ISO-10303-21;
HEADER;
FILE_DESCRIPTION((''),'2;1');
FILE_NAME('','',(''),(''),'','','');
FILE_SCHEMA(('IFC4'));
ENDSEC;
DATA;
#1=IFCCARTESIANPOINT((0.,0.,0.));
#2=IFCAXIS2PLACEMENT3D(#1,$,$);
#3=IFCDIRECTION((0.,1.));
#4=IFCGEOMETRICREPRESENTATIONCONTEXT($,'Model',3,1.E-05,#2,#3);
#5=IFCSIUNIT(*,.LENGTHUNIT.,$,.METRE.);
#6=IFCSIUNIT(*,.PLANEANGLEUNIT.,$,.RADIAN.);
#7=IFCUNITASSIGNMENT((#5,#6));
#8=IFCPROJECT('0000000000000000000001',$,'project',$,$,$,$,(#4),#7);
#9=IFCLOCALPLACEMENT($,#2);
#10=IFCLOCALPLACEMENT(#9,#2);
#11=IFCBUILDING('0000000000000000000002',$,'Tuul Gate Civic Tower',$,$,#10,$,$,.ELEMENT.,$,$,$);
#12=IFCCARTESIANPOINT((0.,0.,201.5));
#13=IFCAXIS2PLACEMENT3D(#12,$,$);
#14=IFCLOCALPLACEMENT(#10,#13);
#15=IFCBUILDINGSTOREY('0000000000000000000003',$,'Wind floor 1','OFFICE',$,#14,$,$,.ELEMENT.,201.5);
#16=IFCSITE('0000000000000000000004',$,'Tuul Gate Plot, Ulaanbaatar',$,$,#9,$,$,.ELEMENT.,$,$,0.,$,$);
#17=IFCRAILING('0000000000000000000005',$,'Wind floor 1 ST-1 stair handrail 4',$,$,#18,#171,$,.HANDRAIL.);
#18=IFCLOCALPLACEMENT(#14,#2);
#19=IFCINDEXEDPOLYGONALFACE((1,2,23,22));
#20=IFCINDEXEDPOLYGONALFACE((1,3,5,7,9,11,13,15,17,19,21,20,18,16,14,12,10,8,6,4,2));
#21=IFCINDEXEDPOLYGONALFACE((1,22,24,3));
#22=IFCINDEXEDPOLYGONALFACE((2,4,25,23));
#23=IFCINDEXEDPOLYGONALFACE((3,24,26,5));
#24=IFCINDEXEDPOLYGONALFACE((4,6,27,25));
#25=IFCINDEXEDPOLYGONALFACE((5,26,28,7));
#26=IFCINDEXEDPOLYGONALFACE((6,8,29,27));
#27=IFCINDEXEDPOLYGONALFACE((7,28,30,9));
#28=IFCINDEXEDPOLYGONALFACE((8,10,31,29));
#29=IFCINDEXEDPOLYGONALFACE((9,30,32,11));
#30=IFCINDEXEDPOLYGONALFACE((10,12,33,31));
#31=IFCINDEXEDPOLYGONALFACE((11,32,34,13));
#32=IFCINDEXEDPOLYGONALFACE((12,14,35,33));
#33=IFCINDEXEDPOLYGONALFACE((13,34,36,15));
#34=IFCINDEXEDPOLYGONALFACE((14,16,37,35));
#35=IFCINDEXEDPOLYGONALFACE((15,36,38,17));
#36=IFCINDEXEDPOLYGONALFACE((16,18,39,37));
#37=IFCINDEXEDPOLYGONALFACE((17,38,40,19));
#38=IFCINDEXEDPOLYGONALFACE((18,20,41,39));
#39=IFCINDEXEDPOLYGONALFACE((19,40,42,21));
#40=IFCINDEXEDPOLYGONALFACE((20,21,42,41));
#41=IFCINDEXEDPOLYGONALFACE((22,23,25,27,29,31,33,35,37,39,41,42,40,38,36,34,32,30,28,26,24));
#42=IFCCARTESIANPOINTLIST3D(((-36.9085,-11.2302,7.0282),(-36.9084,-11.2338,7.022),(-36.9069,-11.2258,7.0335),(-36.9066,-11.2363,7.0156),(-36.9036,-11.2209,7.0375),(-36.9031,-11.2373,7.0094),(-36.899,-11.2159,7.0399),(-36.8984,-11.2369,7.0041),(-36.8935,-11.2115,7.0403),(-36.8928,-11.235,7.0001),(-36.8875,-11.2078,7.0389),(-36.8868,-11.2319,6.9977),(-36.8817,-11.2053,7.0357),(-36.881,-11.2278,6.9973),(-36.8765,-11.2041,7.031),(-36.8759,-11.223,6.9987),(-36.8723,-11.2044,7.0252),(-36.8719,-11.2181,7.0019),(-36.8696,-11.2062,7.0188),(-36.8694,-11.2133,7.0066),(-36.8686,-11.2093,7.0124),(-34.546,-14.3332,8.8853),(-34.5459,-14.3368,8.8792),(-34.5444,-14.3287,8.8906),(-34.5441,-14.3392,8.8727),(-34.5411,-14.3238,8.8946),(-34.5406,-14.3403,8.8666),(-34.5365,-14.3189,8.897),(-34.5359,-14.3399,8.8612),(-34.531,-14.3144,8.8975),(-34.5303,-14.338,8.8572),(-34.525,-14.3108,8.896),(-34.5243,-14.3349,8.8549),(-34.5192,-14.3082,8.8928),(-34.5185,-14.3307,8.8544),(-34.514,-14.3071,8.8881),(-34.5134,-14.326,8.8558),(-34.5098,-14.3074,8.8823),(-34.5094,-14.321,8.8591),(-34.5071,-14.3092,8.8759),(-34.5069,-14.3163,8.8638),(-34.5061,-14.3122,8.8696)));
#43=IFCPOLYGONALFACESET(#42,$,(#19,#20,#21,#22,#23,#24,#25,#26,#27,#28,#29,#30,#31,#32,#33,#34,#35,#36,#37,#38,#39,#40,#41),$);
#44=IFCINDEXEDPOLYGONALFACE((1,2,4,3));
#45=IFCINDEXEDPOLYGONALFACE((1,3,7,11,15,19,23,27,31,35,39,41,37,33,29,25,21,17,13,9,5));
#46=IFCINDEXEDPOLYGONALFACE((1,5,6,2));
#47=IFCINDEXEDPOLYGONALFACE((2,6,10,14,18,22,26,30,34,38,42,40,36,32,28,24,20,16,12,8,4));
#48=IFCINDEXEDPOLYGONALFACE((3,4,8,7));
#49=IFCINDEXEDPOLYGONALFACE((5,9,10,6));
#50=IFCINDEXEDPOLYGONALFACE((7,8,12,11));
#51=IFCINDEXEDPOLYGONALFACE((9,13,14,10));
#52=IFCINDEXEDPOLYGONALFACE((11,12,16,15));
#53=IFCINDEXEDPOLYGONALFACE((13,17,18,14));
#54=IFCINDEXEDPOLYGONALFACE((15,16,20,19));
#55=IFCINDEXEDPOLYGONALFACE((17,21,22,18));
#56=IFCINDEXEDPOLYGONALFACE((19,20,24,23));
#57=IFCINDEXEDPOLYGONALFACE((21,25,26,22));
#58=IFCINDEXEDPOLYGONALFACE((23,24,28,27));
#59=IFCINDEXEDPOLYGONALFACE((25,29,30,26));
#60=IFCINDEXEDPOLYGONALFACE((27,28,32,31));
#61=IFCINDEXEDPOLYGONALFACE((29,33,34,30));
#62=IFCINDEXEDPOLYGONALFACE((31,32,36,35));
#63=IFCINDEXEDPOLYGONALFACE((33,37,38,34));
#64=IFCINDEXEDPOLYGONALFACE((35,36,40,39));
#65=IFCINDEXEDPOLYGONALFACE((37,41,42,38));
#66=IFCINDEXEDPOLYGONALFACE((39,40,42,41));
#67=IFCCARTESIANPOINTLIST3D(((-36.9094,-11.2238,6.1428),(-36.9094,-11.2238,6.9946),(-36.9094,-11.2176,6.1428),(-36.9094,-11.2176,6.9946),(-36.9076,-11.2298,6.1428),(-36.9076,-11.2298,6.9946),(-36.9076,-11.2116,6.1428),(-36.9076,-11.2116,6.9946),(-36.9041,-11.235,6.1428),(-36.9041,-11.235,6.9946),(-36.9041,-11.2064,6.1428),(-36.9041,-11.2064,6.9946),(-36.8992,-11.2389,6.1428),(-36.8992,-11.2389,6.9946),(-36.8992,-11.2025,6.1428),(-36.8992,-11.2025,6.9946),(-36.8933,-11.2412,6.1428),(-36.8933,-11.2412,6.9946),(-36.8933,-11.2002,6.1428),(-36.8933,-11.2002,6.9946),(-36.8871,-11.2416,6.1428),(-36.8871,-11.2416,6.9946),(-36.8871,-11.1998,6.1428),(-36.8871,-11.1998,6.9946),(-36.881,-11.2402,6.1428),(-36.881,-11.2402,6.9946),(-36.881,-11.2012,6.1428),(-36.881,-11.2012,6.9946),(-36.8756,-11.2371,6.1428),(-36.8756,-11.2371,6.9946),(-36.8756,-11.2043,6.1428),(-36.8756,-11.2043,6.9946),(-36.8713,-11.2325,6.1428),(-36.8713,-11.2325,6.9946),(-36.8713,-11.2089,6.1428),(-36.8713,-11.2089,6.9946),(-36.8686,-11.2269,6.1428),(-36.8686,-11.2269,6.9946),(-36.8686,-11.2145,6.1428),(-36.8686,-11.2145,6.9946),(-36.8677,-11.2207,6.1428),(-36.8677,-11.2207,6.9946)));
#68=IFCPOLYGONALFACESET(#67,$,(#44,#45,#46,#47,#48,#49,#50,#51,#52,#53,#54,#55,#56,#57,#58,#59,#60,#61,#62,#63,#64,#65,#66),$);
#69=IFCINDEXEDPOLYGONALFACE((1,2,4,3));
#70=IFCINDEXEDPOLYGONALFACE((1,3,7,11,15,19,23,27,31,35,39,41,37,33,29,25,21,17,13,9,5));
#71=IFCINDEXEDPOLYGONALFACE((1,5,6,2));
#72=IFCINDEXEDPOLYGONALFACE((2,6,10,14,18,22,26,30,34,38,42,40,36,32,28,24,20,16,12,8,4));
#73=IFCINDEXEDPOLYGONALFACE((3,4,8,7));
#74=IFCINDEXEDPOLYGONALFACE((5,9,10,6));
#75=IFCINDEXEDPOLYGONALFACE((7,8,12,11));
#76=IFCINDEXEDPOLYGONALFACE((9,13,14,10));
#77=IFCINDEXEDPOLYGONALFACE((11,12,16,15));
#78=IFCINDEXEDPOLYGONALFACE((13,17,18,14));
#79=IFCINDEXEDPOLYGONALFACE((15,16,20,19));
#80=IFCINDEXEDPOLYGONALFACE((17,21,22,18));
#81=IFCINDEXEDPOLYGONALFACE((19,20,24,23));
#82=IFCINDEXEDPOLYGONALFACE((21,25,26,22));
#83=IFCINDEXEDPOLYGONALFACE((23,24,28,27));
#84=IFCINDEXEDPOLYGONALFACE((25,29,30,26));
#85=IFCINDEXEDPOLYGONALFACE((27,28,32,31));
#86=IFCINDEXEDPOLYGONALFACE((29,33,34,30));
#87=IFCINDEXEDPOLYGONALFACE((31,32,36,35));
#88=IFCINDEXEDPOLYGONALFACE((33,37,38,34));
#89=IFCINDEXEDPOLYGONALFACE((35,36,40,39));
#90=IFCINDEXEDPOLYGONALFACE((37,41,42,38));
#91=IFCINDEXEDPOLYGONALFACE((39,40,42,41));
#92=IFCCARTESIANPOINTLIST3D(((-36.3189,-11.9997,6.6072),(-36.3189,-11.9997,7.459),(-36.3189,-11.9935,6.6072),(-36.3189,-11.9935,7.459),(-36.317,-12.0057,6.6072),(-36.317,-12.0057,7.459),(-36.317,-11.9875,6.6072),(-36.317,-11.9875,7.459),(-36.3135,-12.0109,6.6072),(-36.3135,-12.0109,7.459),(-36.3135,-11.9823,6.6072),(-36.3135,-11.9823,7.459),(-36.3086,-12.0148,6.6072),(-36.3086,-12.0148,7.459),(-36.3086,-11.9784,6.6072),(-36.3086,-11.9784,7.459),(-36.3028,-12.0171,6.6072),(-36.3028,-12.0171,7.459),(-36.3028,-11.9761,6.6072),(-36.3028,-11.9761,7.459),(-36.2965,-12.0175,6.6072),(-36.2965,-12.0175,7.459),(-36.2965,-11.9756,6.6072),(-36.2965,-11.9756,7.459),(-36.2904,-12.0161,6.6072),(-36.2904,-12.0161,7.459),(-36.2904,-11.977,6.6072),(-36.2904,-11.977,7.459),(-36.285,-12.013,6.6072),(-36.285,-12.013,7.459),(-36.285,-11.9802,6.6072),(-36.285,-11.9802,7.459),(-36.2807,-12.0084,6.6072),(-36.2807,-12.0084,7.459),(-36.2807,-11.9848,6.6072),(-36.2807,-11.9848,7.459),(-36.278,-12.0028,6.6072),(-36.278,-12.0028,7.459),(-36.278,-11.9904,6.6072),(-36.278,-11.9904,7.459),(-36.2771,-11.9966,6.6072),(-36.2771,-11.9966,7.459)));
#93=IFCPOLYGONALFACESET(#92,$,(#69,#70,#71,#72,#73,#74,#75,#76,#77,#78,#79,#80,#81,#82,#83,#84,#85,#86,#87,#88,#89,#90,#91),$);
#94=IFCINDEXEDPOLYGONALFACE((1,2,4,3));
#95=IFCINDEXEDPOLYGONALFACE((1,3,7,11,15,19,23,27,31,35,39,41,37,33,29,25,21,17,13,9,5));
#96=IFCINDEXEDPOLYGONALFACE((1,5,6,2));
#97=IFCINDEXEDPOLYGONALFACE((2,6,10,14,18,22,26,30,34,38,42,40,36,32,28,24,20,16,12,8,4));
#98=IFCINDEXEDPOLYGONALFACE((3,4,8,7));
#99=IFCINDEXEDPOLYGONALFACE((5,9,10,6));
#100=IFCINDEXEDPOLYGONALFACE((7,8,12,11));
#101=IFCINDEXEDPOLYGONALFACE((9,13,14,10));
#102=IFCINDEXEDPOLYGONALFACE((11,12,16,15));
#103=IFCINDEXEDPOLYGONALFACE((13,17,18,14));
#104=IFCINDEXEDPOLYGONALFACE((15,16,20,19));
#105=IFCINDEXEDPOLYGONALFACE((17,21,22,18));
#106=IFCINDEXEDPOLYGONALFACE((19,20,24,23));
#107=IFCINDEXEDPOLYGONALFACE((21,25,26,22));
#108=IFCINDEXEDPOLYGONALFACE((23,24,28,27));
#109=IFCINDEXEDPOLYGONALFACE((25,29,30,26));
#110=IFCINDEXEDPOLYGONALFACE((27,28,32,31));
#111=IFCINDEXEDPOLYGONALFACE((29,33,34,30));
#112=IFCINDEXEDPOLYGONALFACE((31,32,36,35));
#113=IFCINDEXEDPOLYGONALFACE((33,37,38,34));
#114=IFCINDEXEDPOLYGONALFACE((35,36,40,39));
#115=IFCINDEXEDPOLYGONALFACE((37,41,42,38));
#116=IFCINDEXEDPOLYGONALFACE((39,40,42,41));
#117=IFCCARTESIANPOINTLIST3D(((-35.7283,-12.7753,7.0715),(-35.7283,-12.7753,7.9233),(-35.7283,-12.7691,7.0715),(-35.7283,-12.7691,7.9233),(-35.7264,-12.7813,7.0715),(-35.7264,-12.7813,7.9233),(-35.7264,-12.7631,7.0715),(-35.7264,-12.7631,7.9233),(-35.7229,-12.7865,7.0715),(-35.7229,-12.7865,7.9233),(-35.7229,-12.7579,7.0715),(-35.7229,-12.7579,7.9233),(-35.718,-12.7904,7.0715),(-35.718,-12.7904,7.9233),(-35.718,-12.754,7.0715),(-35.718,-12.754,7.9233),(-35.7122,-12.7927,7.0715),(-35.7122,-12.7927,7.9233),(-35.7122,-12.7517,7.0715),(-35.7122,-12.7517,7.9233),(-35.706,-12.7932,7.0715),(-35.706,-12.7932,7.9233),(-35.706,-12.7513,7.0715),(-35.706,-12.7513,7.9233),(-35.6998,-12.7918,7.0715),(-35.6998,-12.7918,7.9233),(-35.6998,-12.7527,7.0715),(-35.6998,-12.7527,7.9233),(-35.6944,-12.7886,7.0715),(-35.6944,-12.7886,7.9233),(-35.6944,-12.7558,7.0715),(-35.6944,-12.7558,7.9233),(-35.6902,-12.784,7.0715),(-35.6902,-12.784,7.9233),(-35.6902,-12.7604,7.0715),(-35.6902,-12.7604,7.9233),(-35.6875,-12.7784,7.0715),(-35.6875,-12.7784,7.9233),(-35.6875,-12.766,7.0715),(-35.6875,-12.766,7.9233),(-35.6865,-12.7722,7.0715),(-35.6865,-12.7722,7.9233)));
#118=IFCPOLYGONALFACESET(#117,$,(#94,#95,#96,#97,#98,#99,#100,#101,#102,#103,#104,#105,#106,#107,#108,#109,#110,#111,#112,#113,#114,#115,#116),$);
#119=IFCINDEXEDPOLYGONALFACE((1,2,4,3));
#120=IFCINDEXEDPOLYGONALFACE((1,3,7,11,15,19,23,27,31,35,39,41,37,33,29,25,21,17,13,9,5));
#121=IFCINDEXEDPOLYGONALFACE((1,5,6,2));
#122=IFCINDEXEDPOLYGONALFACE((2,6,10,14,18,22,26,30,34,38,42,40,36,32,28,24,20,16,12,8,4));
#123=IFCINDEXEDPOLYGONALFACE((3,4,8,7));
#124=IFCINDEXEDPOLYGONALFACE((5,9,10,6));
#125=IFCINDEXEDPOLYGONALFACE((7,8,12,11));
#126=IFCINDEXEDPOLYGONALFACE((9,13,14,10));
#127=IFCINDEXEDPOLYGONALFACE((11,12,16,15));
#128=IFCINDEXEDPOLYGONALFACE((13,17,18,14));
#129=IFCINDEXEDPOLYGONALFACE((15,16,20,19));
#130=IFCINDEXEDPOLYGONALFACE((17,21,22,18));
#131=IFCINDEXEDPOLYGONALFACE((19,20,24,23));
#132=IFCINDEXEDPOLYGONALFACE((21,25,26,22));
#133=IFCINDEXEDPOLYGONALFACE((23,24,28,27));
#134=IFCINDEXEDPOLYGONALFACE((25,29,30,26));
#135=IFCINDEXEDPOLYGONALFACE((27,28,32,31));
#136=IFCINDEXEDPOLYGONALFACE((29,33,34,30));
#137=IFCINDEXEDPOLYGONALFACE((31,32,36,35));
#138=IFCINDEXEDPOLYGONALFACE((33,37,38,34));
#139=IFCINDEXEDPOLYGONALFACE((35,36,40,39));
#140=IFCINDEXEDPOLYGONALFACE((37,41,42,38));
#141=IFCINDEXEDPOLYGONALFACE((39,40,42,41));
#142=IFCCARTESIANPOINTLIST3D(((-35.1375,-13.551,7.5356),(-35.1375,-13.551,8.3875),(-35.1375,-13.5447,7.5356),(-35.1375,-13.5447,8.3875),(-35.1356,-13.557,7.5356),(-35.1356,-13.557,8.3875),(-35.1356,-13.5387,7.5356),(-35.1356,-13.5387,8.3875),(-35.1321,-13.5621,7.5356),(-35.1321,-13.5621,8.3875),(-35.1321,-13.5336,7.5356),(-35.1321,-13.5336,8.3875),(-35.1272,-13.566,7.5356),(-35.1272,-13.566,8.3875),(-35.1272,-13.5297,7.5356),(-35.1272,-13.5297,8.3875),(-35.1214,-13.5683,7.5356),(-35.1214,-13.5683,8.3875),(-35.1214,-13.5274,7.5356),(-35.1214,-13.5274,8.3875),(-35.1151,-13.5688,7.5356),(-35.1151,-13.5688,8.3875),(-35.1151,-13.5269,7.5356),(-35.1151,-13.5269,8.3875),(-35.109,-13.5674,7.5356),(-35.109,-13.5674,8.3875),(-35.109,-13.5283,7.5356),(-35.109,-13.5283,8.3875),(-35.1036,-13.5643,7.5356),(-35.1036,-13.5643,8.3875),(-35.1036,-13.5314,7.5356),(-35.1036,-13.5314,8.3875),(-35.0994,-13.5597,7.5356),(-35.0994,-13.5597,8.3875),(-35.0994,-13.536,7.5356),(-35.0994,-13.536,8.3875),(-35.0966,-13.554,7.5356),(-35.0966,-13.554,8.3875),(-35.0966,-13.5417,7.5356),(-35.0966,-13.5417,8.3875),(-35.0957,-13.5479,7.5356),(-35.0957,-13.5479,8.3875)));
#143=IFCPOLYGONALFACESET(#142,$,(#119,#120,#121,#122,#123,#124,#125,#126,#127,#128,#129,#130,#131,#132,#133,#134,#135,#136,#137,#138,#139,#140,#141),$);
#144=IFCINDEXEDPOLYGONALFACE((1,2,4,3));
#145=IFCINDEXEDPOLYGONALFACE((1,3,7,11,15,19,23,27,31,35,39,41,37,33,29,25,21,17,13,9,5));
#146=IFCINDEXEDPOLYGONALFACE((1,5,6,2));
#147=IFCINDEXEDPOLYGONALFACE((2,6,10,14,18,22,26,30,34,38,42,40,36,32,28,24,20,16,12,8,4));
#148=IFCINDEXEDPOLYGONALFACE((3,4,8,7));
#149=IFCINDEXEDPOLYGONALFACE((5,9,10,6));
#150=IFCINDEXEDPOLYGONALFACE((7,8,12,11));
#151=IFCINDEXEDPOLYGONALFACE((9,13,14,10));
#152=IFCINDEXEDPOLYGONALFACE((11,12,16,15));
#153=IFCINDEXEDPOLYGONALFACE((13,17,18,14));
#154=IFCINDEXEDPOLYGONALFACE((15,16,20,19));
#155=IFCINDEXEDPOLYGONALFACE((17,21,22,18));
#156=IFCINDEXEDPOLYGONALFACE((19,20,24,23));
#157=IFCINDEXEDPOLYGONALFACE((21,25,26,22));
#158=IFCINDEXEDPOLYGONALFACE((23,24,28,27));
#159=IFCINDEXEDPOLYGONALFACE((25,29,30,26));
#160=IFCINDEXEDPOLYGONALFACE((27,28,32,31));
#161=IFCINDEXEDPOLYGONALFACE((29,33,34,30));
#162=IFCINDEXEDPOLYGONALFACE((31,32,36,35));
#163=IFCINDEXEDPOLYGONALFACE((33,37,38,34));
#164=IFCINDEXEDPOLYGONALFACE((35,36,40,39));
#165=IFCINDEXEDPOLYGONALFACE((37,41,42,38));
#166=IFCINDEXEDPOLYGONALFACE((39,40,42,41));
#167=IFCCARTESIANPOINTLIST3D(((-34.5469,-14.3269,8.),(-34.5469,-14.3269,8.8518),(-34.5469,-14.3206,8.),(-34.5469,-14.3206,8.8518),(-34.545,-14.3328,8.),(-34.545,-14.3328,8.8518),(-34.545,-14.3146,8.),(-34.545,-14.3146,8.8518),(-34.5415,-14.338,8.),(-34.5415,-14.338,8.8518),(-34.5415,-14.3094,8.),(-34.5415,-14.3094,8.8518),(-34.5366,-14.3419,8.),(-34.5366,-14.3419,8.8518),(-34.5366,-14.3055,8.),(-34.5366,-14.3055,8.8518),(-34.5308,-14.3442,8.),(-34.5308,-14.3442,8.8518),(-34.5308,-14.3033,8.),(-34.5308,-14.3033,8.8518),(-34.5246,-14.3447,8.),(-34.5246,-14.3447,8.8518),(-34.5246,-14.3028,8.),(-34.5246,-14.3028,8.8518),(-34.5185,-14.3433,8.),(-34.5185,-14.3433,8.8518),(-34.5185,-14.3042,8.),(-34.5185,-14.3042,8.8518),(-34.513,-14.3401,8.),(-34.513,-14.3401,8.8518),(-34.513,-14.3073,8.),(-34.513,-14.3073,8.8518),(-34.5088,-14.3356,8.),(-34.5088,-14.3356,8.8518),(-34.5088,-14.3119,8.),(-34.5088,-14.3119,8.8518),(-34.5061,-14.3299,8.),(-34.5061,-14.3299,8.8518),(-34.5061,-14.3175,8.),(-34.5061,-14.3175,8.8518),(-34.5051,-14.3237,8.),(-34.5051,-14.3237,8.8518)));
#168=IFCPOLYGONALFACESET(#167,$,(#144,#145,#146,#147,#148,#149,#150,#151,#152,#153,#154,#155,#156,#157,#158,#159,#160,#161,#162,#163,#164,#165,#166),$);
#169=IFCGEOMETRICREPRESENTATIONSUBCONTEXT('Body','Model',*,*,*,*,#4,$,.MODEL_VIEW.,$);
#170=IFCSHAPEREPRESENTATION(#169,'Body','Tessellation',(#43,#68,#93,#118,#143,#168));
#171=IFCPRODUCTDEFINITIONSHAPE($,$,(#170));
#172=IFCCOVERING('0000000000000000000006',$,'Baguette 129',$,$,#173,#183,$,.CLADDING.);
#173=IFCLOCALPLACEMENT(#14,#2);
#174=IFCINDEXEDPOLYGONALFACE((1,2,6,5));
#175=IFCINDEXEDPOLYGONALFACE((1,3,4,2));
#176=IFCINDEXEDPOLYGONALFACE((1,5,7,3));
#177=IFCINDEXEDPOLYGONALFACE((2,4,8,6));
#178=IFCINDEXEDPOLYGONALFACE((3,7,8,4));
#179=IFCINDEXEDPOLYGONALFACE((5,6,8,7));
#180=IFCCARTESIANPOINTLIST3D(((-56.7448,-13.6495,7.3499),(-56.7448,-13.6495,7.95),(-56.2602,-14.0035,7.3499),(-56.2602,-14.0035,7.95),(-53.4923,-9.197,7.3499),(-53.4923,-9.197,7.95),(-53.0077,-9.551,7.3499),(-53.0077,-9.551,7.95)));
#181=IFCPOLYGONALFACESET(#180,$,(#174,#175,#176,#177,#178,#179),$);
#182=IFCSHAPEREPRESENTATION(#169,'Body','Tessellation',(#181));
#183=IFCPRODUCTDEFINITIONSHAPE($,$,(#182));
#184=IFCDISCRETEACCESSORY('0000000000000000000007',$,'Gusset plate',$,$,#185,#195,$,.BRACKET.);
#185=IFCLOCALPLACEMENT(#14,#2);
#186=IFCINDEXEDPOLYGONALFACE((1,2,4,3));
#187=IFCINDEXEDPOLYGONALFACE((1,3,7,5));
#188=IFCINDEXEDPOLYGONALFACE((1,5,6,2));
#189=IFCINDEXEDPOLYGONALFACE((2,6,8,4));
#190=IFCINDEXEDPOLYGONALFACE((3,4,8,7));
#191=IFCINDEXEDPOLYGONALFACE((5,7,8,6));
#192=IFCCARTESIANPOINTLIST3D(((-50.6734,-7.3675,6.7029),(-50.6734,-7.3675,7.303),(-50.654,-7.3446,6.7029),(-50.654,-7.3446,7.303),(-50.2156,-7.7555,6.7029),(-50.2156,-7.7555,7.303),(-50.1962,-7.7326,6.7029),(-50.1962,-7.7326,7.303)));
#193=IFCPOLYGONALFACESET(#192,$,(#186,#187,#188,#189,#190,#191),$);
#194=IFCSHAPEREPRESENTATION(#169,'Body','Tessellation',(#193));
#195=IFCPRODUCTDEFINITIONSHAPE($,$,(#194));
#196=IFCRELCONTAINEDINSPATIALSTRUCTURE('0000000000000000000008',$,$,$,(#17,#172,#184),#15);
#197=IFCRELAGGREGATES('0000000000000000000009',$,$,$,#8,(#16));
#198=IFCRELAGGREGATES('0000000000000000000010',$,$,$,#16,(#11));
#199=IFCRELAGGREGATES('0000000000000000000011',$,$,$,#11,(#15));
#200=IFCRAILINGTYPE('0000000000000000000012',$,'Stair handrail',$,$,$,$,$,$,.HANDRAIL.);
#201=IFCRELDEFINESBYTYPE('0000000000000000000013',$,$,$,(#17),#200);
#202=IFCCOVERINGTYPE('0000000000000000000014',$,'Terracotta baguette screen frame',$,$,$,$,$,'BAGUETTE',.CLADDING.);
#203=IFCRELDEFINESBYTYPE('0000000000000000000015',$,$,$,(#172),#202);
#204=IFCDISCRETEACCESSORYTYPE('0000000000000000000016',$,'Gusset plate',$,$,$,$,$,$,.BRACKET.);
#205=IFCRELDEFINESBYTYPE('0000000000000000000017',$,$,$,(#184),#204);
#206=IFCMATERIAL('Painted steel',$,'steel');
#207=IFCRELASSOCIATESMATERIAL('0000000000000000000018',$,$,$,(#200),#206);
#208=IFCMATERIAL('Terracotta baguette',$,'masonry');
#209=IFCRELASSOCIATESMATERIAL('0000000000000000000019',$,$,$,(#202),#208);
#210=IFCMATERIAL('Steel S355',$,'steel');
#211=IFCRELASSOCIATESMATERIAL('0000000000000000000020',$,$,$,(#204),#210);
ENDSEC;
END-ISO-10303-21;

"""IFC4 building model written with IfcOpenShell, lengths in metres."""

from ifc_helpers import new_model, si_unit, direction, frame, origin, origin_2d, place, context, subcontext, project, spatial, rectangle, circle, extrude, material, material_profile, profile_set, type_object, element, save


model = new_model("IFC4")

# Units and contexts
model_context = context("Model", 3, precision=1e-05, world=origin(), true_north=direction((0.0, 1.0)))
body_context = subcontext(model_context, "Body", "Model", "MODEL_VIEW")
ifc_project = project(units=[si_unit("LENGTHUNIT", "METRE"), si_unit("PLANEANGLEUNIT", "RADIAN")], contexts=[model_context])

# Site, building, storey
site_placement = place(None, origin())
site = spatial("IfcSite", under=ifc_project, at=site_placement, Name="Tuul Gate Plot, Ulaanbaatar", CompositionType="ELEMENT", RefElevation=0.0)
building_placement = place(site_placement, origin())
building = spatial("IfcBuilding", under=site, at=building_placement, Name="Tuul Gate Civic Tower", CompositionType="ELEMENT")
storey_placement = place(building_placement, frame((0.0, 0.0, 201.5)))
storey = spatial("IfcBuildingStorey", under=building, at=storey_placement, Name="Wind floor 1", Description="OFFICE", CompositionType="ELEMENT", Elevation=201.5)

# Railing
ifc_material_1 = material(Name="Painted steel", Category="steel")
railing_type = type_object("IfcRailingType", Name="Stair handrail", PredefinedType="HANDRAIL", material=ifc_material_1)
for number, where, name in (
    (1, (-36.8887, -11.2207, 6.1428), "Wind floor 1 ST-1 stair handrail 4"),
):
    element("IfcRailing", number, at=place(storey_placement, frame(where)), inside=storey, type_object=railing_type, Name=name, PredefinedType="HANDRAIL", context=body_context, shape_type="SweptSolid", body=[
        extrude(circle(Radius=0.0239, at=origin_2d()), frame((0.0, 0.0, 0.876), z_axis=(0.546928, -0.718349, 0.429935), x_axis=(0.795637, 0.605773, 0.0)), (0.0, 0.0, 1.0), 4.3196),
        extrude(circle(Radius=0.021, at=origin_2d()), origin(), (0.0, 0.0, 1.0), 0.8518),
        extrude(circle(Radius=0.021, at=origin_2d()), frame((0.5906, -0.7759, 0.4644)), (0.0, 0.0, 1.0), 0.8518),
        extrude(circle(Radius=0.021, at=origin_2d()), frame((1.1812, -1.5515, 0.9287)), (0.0, 0.0, 1.0), 0.8518),
        extrude(circle(Radius=0.021, at=origin_2d()), frame((1.772, -2.3271, 1.3928)), (0.0, 0.0, 1.0), 0.8518),
        extrude(circle(Radius=0.021, at=origin_2d()), frame((2.3625, -3.103, 1.8572)), (0.0, 0.0, 1.0), 0.8518),
    ])

# Covering
ifc_material_2 = material(Name="Terracotta baguette", Category="masonry")
ifc_material_profile_1 = material_profile(ifc_material_2, rectangle(XDim=0.6001, YDim=0.6001, at=origin_2d()), Name="Terracotta baguette screen frame")
ifc_profile_set_1 = profile_set([ifc_material_profile_1], Name="Terracotta baguette")
covering_type = type_object("IfcCoveringType", Name="Terracotta baguette screen frame", ElementType="BAGUETTE", PredefinedType="CLADDING", material=ifc_profile_set_1)
covering_placement = place(storey_placement, frame((-53.25, -9.374, 7.6499), z_axis=(-0.589871, -0.807497, 0.0), x_axis=(0.807497, -0.589871, 0.0)))
element("IfcCovering", 2, at=covering_placement, inside=storey, type_object=covering_type, Name="Baguette 129", PredefinedType="CLADDING", context=body_context, shape_type="SweptSolid", body=[
    extrude(rectangle(XDim=0.6001, YDim=0.6001, at=origin_2d()), origin(), (0.0, 0.0, 1.0), 5.5139),
])

# Discrete accessory
ifc_material_3 = material(Name="Steel S355", Category="steel")
discrete_accessory_type_1 = type_object("IfcDiscreteAccessoryType", Name="Gusset plate", PredefinedType="BRACKET", material=ifc_material_3)
discrete_accessory_1_placement = place(storey_placement, frame((-50.4348, -7.55, 6.7029), z_axis=(0.0, 0.0, 1.0), x_axis=(0.762825, -0.646605, 0.0)))
element("IfcDiscreteAccessory", 3, at=discrete_accessory_1_placement, inside=storey, type_object=discrete_accessory_type_1, Name="Gusset plate", PredefinedType="BRACKET", context=body_context, shape_type="SweptSolid", body=[
    extrude(rectangle(XDim=0.6001, YDim=0.03, at=origin_2d()), origin(), (0.0, 0.0, 1.0), 0.6001),
])

save(model, "model.ifc")
